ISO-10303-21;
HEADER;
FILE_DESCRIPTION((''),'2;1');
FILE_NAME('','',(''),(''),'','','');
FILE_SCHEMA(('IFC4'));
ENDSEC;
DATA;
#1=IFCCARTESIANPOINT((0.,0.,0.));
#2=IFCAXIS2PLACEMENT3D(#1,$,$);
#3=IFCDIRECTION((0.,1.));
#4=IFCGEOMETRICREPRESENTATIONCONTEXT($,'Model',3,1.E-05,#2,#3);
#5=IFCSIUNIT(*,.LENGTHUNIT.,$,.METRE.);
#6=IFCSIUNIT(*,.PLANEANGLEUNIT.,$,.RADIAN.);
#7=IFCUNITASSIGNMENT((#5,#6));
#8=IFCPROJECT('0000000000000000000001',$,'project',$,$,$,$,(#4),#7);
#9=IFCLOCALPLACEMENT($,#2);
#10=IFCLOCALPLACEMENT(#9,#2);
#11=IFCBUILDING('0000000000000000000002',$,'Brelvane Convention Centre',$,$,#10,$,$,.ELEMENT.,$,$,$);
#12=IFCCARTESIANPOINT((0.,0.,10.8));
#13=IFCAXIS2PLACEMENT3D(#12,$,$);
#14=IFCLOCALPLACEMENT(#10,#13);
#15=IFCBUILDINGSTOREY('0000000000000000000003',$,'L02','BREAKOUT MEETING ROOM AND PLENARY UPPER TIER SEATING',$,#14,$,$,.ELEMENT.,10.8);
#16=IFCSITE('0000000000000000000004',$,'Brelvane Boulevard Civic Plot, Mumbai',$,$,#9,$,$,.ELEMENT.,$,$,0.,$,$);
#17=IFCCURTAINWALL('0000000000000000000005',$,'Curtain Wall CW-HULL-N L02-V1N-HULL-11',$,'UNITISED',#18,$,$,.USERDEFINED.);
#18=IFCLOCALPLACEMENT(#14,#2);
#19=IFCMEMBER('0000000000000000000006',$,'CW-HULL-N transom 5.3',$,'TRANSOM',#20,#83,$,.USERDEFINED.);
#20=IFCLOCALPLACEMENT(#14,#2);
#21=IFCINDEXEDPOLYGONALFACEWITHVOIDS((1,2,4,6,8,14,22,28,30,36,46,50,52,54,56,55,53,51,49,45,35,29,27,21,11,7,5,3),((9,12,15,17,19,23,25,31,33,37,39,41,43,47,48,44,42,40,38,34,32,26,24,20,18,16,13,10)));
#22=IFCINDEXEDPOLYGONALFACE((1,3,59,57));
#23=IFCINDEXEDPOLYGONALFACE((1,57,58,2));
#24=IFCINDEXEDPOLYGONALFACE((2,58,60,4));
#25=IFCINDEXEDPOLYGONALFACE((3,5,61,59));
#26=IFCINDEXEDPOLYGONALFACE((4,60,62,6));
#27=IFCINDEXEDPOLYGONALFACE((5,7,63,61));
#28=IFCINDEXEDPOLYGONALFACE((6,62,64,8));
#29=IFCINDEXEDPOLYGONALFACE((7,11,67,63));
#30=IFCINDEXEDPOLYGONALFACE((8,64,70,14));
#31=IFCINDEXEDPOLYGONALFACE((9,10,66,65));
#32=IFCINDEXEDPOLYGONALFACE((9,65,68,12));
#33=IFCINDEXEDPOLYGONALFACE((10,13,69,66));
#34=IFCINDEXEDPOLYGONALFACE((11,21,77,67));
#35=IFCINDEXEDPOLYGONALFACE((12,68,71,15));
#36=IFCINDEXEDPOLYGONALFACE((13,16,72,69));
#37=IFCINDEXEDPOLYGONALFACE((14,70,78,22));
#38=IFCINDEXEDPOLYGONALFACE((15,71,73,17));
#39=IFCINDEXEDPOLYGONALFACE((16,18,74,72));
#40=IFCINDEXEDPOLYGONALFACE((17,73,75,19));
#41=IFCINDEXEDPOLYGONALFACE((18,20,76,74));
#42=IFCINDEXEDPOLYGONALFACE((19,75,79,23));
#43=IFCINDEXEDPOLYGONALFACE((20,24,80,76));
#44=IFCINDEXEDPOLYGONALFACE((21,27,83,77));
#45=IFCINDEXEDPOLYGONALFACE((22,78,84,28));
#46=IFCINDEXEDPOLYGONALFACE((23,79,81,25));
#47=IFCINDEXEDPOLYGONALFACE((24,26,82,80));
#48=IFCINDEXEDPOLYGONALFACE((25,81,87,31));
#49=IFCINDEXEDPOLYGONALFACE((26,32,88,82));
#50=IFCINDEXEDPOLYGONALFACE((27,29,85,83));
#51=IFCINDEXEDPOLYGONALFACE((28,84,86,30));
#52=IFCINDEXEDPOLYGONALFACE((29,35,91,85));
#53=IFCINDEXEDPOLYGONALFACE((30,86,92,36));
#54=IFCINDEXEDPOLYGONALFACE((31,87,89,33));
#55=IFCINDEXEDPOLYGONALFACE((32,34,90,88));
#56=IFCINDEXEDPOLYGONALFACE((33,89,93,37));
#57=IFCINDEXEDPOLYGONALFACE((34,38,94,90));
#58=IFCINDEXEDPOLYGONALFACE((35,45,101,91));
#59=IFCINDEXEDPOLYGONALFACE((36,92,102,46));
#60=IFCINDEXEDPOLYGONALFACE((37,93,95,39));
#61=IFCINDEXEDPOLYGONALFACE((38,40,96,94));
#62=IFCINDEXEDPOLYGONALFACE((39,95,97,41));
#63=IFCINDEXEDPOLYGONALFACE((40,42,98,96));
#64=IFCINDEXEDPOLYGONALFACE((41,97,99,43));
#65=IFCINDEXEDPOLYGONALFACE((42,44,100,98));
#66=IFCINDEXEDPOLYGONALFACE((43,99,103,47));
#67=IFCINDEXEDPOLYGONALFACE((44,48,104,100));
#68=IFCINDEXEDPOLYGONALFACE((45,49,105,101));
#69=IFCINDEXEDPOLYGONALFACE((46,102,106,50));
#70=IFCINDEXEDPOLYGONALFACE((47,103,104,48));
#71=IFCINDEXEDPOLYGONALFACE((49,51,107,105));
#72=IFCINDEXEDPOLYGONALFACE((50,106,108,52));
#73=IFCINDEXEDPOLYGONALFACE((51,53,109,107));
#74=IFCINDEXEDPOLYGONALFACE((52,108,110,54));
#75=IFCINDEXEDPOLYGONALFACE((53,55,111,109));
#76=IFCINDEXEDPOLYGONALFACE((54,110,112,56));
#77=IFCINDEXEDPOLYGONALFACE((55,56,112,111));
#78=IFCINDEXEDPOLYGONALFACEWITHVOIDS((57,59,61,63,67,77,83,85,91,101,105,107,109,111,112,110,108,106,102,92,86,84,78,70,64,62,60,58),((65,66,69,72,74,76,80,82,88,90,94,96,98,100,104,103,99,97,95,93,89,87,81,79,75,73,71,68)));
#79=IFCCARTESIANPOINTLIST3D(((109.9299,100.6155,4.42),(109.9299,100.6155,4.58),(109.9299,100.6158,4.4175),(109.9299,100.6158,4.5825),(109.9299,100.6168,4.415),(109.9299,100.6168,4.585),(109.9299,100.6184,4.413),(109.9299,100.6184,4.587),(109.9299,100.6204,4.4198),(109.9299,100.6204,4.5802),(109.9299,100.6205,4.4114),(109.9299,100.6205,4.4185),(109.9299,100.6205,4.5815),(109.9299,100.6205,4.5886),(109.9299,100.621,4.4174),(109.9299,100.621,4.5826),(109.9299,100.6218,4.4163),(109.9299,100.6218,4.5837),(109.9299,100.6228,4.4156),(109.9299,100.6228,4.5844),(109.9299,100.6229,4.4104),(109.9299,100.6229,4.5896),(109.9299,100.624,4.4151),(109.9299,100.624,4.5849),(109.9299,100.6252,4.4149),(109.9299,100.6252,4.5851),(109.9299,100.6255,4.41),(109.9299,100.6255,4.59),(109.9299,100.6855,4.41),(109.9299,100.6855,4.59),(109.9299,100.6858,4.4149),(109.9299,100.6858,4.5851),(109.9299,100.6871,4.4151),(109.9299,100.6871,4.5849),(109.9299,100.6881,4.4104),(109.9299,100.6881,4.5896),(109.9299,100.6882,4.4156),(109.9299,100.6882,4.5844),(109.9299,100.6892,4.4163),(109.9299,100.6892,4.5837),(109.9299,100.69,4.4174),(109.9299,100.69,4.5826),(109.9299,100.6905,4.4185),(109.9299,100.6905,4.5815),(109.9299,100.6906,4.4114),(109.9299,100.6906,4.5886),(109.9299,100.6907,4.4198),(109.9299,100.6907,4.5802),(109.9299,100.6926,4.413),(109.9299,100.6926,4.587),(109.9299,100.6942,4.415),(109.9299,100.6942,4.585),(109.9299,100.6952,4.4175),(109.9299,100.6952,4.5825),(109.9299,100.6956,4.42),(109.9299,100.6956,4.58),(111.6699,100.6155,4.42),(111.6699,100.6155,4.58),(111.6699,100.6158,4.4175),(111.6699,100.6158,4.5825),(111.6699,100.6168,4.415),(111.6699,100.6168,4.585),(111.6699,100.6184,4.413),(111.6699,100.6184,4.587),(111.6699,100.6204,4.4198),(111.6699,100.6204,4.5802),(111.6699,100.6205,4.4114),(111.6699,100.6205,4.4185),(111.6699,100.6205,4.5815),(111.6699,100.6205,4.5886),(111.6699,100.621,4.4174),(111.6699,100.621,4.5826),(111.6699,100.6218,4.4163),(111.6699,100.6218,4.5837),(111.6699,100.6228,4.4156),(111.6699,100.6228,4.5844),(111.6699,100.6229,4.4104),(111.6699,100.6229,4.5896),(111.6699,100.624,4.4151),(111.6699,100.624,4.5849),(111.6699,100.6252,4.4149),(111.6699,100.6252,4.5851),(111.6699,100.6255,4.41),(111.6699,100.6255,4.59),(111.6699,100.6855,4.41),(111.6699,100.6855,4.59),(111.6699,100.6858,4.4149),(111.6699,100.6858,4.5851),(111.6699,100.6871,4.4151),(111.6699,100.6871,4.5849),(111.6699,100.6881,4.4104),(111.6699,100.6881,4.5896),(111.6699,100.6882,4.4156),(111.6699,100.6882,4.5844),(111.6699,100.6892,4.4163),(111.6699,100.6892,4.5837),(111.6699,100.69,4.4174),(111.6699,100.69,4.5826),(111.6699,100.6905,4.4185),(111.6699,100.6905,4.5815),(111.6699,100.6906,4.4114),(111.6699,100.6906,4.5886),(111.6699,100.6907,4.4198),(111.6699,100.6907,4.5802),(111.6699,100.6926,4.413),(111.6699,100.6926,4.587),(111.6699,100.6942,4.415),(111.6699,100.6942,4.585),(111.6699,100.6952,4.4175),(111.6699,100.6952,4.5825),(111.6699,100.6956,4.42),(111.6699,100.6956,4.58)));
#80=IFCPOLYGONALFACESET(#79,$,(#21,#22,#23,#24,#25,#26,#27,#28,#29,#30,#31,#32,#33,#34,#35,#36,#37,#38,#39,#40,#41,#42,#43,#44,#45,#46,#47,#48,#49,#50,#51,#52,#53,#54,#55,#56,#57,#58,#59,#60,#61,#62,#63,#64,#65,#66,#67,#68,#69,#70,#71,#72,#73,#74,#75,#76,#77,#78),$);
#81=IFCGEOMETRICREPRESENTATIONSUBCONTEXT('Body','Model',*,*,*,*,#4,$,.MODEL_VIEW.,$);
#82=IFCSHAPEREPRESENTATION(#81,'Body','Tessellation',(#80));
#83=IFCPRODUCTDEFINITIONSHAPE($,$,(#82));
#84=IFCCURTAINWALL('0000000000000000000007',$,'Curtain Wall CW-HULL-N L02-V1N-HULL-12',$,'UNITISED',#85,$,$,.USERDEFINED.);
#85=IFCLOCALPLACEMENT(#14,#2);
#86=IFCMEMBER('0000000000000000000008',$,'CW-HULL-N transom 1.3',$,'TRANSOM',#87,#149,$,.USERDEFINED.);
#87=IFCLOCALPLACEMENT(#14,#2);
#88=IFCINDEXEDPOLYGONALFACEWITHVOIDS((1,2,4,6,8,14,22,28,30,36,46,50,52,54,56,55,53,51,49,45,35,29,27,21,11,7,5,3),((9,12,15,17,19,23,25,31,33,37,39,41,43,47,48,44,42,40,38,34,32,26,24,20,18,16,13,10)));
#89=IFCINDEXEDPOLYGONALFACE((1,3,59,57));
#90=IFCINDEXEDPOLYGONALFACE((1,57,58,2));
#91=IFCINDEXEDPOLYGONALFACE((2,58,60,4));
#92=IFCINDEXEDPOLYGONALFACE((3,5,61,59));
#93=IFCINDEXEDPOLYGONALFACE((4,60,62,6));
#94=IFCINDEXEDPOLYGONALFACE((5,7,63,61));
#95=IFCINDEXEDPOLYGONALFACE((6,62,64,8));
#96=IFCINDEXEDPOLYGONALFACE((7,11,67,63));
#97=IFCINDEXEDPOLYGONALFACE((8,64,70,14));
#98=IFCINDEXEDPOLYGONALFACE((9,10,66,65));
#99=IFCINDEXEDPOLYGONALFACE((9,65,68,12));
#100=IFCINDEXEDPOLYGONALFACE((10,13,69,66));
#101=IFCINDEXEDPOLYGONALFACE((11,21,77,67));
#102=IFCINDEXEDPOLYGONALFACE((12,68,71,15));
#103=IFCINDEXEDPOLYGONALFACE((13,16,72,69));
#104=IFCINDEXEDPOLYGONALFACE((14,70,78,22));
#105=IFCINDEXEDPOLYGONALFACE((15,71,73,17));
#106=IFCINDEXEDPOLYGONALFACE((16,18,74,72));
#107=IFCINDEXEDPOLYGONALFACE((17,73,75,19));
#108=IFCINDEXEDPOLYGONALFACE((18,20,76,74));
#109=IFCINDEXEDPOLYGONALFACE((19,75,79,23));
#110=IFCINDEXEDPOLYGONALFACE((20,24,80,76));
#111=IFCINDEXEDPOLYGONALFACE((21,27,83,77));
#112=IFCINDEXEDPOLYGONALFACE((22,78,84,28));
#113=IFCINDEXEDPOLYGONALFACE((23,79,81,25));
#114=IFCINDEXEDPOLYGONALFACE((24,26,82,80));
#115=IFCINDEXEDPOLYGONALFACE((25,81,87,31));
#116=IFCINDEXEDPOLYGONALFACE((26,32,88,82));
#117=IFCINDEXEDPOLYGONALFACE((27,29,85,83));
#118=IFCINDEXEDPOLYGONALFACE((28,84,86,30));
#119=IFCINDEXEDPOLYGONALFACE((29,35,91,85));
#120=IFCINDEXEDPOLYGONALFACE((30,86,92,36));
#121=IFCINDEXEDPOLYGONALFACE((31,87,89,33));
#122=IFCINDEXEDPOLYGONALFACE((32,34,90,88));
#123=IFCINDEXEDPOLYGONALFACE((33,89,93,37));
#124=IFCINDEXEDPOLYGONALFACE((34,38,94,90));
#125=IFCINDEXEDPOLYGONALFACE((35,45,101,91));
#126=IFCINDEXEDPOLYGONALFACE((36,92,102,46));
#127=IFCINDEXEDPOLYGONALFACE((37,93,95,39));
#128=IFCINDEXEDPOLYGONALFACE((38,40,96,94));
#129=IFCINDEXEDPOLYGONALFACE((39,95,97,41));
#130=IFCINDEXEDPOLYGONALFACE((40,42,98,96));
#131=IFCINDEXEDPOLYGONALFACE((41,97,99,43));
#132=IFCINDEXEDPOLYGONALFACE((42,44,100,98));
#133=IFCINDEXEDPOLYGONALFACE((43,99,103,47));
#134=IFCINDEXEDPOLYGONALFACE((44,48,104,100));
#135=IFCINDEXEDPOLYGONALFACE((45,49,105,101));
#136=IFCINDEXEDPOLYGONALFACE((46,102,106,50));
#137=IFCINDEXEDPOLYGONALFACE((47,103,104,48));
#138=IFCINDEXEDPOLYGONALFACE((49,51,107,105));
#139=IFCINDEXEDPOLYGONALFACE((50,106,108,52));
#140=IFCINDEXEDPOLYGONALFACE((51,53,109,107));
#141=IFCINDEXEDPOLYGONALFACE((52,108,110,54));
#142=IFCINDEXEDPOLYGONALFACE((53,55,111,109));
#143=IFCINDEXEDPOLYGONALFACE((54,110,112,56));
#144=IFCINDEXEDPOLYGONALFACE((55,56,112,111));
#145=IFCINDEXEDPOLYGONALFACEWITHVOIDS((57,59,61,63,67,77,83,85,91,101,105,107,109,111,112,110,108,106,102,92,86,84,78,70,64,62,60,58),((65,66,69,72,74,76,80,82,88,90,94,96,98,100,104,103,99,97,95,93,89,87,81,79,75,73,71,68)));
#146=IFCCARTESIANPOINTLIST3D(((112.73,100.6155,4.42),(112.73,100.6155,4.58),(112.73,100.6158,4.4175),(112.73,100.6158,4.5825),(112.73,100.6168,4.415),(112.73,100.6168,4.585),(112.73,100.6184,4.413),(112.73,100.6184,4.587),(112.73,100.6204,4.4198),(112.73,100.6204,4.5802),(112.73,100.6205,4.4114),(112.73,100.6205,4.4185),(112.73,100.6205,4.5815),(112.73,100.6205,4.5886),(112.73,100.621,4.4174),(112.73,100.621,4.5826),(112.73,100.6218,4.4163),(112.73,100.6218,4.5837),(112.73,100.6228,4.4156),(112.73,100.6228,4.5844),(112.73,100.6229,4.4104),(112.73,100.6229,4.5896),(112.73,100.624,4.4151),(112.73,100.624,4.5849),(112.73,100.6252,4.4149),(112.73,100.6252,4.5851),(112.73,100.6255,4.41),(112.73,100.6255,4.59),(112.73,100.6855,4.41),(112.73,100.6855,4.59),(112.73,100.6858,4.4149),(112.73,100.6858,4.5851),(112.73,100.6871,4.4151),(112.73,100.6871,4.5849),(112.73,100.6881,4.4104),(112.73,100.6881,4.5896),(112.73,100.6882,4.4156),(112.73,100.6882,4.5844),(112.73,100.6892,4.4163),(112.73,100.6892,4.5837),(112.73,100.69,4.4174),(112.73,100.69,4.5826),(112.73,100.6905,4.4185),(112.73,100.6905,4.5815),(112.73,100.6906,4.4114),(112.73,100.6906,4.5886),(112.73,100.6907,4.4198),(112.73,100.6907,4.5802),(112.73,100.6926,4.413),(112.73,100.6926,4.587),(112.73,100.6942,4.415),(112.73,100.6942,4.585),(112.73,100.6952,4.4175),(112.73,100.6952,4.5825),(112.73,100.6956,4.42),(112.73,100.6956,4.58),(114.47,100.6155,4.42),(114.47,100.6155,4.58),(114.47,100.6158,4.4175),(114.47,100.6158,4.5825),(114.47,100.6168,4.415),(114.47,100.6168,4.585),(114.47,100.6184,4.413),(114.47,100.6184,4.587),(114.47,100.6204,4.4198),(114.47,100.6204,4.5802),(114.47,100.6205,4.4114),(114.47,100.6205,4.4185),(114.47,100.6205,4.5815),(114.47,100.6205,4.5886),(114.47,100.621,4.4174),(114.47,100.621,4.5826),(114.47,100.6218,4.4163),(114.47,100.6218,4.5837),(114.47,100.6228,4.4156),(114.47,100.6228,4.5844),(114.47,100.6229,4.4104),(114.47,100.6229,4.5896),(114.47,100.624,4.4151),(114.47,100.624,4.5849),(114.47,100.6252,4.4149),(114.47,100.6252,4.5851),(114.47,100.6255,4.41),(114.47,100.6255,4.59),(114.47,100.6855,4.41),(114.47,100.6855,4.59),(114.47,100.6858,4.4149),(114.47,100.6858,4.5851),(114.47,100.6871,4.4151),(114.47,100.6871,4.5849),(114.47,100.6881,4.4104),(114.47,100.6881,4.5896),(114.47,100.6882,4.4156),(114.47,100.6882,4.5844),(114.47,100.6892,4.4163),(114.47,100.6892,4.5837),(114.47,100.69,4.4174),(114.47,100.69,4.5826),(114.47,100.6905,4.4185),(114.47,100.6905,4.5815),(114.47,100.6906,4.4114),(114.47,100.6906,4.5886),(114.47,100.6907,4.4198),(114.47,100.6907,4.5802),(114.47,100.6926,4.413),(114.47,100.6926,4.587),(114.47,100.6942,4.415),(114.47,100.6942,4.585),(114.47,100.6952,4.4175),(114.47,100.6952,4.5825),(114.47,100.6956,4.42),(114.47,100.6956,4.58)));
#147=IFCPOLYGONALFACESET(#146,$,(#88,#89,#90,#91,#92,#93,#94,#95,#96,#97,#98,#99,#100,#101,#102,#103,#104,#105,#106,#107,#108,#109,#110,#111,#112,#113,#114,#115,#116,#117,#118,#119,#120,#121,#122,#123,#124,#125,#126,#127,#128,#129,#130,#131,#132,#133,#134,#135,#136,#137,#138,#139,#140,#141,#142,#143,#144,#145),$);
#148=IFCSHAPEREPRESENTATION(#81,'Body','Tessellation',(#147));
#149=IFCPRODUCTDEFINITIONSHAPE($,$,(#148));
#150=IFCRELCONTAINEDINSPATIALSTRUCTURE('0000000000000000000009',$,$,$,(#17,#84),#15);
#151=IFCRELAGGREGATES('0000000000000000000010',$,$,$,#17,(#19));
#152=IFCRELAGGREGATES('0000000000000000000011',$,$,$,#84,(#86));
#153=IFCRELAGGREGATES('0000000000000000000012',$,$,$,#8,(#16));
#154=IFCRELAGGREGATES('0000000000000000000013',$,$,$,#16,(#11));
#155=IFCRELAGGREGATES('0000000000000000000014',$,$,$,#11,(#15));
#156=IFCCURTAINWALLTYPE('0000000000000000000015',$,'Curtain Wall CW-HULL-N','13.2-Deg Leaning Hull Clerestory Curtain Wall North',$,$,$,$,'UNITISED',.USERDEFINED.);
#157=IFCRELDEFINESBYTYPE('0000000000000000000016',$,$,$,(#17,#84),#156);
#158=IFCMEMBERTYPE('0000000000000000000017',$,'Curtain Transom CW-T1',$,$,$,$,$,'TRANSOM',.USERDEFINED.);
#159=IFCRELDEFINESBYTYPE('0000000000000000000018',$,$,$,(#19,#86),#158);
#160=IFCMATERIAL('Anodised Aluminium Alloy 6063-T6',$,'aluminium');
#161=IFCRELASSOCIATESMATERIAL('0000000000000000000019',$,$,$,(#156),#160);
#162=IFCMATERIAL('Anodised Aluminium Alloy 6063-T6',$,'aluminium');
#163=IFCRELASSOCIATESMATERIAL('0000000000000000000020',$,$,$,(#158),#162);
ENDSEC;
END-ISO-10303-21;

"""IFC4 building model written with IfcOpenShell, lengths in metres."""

from ifc_helpers import new_model, si_unit, direction, frame, origin, origin_2d, place, context, subcontext, project, spatial, hollow_rectangle, extrude, material, material_profile, profile_set, type_object, element, aggregate, save


model = new_model("IFC4")

# Units and contexts
model_context = context("Model", 3, precision=1e-05, world=origin(), true_north=direction((0.0, 1.0)))
body_context = subcontext(model_context, "Body", "Model", "MODEL_VIEW")
ifc_project = project(units=[si_unit("LENGTHUNIT", "METRE"), si_unit("PLANEANGLEUNIT", "RADIAN")], contexts=[model_context])

# Site, building, storey
site_placement = place(None, origin())
site = spatial("IfcSite", under=ifc_project, at=site_placement, Name="Brelvane Boulevard Civic Plot, Mumbai", CompositionType="ELEMENT", RefElevation=0.0)
building_placement = place(site_placement, origin())
building = spatial("IfcBuilding", under=site, at=building_placement, Name="Brelvane Convention Centre", CompositionType="ELEMENT")
storey_placement = place(building_placement, frame((0.0, 0.0, 10.8)))
storey = spatial("IfcBuildingStorey", under=building, at=storey_placement, Name="L02", Description="BREAKOUT MEETING ROOM AND PLENARY UPPER TIER SEATING", CompositionType="ELEMENT", Elevation=10.8)

# Curtain walls, members
ifc_material_1 = material(Name="Anodised Aluminium Alloy 6063-T6", Category="aluminium")
curtain_wall_type = type_object("IfcCurtainWallType", Name="Curtain Wall CW-HULL-N", Description="13.2-Deg Leaning Hull Clerestory Curtain Wall North", ElementType="UNITISED", PredefinedType="USERDEFINED", material=ifc_material_1)
curtain_wall_1_placement = place(storey_placement, origin())
curtain_wall_1 = element("IfcCurtainWall", 1, at=curtain_wall_1_placement, inside=storey, type_object=curtain_wall_type, Name="Curtain Wall CW-HULL-N L02-V1N-HULL-11", ObjectType="UNITISED", PredefinedType="USERDEFINED")
ifc_material_2 = material(Name="Anodised Aluminium Alloy 6063-T6", Category="aluminium")
ifc_material_profile = material_profile(ifc_material_2, hollow_rectangle(XDim=0.0801, YDim=0.1799, WallThickness=0.0049, InnerFilletRadius=0.0049, OuterFilletRadius=0.01, at=origin_2d()), Name="ALU-T 180x80x5.0")
ifc_profile_set = profile_set([ifc_material_profile], Name="Anodised Aluminium Alloy 6063-T6")
member_type = type_object("IfcMemberType", Name="Curtain Transom CW-T1", ElementType="TRANSOM", PredefinedType="USERDEFINED", material=ifc_profile_set)
member_1_placement = place(storey_placement, frame((109.9299, 100.6555, 4.5), z_axis=(1.0, 0.0, 0.0), x_axis=(0.0, 1.0, 0.0)))
member_1 = element("IfcMember", 2, at=member_1_placement, type_object=member_type, Name="CW-HULL-N transom 5.3", ObjectType="TRANSOM", PredefinedType="USERDEFINED", context=body_context, shape_type="SweptSolid", body=[
    extrude(hollow_rectangle(XDim=0.0801, YDim=0.1799, WallThickness=0.0049, InnerFilletRadius=0.0049, OuterFilletRadius=0.01, at=origin_2d()), origin(), (0.0, 0.0, 1.0), 1.74),
])
curtain_wall_2_placement = place(storey_placement, origin())
curtain_wall_2 = element("IfcCurtainWall", 3, at=curtain_wall_2_placement, inside=storey, type_object=curtain_wall_type, Name="Curtain Wall CW-HULL-N L02-V1N-HULL-12", ObjectType="UNITISED", PredefinedType="USERDEFINED")
member_2_placement = place(storey_placement, frame((112.73, 100.6555, 4.5), z_axis=(1.0, 0.0, 0.0), x_axis=(0.0, 1.0, 0.0)))
member_2 = element("IfcMember", 4, at=member_2_placement, type_object=member_type, Name="CW-HULL-N transom 1.3", ObjectType="TRANSOM", PredefinedType="USERDEFINED", context=body_context, shape_type="SweptSolid", body=[
    extrude(hollow_rectangle(XDim=0.0801, YDim=0.1799, WallThickness=0.0049, InnerFilletRadius=0.0049, OuterFilletRadius=0.01, at=origin_2d()), origin(), (0.0, 0.0, 1.0), 1.74),
])

aggregate(curtain_wall_1, [member_1])
aggregate(curtain_wall_2, [member_2])

save(model, "model.ifc")
